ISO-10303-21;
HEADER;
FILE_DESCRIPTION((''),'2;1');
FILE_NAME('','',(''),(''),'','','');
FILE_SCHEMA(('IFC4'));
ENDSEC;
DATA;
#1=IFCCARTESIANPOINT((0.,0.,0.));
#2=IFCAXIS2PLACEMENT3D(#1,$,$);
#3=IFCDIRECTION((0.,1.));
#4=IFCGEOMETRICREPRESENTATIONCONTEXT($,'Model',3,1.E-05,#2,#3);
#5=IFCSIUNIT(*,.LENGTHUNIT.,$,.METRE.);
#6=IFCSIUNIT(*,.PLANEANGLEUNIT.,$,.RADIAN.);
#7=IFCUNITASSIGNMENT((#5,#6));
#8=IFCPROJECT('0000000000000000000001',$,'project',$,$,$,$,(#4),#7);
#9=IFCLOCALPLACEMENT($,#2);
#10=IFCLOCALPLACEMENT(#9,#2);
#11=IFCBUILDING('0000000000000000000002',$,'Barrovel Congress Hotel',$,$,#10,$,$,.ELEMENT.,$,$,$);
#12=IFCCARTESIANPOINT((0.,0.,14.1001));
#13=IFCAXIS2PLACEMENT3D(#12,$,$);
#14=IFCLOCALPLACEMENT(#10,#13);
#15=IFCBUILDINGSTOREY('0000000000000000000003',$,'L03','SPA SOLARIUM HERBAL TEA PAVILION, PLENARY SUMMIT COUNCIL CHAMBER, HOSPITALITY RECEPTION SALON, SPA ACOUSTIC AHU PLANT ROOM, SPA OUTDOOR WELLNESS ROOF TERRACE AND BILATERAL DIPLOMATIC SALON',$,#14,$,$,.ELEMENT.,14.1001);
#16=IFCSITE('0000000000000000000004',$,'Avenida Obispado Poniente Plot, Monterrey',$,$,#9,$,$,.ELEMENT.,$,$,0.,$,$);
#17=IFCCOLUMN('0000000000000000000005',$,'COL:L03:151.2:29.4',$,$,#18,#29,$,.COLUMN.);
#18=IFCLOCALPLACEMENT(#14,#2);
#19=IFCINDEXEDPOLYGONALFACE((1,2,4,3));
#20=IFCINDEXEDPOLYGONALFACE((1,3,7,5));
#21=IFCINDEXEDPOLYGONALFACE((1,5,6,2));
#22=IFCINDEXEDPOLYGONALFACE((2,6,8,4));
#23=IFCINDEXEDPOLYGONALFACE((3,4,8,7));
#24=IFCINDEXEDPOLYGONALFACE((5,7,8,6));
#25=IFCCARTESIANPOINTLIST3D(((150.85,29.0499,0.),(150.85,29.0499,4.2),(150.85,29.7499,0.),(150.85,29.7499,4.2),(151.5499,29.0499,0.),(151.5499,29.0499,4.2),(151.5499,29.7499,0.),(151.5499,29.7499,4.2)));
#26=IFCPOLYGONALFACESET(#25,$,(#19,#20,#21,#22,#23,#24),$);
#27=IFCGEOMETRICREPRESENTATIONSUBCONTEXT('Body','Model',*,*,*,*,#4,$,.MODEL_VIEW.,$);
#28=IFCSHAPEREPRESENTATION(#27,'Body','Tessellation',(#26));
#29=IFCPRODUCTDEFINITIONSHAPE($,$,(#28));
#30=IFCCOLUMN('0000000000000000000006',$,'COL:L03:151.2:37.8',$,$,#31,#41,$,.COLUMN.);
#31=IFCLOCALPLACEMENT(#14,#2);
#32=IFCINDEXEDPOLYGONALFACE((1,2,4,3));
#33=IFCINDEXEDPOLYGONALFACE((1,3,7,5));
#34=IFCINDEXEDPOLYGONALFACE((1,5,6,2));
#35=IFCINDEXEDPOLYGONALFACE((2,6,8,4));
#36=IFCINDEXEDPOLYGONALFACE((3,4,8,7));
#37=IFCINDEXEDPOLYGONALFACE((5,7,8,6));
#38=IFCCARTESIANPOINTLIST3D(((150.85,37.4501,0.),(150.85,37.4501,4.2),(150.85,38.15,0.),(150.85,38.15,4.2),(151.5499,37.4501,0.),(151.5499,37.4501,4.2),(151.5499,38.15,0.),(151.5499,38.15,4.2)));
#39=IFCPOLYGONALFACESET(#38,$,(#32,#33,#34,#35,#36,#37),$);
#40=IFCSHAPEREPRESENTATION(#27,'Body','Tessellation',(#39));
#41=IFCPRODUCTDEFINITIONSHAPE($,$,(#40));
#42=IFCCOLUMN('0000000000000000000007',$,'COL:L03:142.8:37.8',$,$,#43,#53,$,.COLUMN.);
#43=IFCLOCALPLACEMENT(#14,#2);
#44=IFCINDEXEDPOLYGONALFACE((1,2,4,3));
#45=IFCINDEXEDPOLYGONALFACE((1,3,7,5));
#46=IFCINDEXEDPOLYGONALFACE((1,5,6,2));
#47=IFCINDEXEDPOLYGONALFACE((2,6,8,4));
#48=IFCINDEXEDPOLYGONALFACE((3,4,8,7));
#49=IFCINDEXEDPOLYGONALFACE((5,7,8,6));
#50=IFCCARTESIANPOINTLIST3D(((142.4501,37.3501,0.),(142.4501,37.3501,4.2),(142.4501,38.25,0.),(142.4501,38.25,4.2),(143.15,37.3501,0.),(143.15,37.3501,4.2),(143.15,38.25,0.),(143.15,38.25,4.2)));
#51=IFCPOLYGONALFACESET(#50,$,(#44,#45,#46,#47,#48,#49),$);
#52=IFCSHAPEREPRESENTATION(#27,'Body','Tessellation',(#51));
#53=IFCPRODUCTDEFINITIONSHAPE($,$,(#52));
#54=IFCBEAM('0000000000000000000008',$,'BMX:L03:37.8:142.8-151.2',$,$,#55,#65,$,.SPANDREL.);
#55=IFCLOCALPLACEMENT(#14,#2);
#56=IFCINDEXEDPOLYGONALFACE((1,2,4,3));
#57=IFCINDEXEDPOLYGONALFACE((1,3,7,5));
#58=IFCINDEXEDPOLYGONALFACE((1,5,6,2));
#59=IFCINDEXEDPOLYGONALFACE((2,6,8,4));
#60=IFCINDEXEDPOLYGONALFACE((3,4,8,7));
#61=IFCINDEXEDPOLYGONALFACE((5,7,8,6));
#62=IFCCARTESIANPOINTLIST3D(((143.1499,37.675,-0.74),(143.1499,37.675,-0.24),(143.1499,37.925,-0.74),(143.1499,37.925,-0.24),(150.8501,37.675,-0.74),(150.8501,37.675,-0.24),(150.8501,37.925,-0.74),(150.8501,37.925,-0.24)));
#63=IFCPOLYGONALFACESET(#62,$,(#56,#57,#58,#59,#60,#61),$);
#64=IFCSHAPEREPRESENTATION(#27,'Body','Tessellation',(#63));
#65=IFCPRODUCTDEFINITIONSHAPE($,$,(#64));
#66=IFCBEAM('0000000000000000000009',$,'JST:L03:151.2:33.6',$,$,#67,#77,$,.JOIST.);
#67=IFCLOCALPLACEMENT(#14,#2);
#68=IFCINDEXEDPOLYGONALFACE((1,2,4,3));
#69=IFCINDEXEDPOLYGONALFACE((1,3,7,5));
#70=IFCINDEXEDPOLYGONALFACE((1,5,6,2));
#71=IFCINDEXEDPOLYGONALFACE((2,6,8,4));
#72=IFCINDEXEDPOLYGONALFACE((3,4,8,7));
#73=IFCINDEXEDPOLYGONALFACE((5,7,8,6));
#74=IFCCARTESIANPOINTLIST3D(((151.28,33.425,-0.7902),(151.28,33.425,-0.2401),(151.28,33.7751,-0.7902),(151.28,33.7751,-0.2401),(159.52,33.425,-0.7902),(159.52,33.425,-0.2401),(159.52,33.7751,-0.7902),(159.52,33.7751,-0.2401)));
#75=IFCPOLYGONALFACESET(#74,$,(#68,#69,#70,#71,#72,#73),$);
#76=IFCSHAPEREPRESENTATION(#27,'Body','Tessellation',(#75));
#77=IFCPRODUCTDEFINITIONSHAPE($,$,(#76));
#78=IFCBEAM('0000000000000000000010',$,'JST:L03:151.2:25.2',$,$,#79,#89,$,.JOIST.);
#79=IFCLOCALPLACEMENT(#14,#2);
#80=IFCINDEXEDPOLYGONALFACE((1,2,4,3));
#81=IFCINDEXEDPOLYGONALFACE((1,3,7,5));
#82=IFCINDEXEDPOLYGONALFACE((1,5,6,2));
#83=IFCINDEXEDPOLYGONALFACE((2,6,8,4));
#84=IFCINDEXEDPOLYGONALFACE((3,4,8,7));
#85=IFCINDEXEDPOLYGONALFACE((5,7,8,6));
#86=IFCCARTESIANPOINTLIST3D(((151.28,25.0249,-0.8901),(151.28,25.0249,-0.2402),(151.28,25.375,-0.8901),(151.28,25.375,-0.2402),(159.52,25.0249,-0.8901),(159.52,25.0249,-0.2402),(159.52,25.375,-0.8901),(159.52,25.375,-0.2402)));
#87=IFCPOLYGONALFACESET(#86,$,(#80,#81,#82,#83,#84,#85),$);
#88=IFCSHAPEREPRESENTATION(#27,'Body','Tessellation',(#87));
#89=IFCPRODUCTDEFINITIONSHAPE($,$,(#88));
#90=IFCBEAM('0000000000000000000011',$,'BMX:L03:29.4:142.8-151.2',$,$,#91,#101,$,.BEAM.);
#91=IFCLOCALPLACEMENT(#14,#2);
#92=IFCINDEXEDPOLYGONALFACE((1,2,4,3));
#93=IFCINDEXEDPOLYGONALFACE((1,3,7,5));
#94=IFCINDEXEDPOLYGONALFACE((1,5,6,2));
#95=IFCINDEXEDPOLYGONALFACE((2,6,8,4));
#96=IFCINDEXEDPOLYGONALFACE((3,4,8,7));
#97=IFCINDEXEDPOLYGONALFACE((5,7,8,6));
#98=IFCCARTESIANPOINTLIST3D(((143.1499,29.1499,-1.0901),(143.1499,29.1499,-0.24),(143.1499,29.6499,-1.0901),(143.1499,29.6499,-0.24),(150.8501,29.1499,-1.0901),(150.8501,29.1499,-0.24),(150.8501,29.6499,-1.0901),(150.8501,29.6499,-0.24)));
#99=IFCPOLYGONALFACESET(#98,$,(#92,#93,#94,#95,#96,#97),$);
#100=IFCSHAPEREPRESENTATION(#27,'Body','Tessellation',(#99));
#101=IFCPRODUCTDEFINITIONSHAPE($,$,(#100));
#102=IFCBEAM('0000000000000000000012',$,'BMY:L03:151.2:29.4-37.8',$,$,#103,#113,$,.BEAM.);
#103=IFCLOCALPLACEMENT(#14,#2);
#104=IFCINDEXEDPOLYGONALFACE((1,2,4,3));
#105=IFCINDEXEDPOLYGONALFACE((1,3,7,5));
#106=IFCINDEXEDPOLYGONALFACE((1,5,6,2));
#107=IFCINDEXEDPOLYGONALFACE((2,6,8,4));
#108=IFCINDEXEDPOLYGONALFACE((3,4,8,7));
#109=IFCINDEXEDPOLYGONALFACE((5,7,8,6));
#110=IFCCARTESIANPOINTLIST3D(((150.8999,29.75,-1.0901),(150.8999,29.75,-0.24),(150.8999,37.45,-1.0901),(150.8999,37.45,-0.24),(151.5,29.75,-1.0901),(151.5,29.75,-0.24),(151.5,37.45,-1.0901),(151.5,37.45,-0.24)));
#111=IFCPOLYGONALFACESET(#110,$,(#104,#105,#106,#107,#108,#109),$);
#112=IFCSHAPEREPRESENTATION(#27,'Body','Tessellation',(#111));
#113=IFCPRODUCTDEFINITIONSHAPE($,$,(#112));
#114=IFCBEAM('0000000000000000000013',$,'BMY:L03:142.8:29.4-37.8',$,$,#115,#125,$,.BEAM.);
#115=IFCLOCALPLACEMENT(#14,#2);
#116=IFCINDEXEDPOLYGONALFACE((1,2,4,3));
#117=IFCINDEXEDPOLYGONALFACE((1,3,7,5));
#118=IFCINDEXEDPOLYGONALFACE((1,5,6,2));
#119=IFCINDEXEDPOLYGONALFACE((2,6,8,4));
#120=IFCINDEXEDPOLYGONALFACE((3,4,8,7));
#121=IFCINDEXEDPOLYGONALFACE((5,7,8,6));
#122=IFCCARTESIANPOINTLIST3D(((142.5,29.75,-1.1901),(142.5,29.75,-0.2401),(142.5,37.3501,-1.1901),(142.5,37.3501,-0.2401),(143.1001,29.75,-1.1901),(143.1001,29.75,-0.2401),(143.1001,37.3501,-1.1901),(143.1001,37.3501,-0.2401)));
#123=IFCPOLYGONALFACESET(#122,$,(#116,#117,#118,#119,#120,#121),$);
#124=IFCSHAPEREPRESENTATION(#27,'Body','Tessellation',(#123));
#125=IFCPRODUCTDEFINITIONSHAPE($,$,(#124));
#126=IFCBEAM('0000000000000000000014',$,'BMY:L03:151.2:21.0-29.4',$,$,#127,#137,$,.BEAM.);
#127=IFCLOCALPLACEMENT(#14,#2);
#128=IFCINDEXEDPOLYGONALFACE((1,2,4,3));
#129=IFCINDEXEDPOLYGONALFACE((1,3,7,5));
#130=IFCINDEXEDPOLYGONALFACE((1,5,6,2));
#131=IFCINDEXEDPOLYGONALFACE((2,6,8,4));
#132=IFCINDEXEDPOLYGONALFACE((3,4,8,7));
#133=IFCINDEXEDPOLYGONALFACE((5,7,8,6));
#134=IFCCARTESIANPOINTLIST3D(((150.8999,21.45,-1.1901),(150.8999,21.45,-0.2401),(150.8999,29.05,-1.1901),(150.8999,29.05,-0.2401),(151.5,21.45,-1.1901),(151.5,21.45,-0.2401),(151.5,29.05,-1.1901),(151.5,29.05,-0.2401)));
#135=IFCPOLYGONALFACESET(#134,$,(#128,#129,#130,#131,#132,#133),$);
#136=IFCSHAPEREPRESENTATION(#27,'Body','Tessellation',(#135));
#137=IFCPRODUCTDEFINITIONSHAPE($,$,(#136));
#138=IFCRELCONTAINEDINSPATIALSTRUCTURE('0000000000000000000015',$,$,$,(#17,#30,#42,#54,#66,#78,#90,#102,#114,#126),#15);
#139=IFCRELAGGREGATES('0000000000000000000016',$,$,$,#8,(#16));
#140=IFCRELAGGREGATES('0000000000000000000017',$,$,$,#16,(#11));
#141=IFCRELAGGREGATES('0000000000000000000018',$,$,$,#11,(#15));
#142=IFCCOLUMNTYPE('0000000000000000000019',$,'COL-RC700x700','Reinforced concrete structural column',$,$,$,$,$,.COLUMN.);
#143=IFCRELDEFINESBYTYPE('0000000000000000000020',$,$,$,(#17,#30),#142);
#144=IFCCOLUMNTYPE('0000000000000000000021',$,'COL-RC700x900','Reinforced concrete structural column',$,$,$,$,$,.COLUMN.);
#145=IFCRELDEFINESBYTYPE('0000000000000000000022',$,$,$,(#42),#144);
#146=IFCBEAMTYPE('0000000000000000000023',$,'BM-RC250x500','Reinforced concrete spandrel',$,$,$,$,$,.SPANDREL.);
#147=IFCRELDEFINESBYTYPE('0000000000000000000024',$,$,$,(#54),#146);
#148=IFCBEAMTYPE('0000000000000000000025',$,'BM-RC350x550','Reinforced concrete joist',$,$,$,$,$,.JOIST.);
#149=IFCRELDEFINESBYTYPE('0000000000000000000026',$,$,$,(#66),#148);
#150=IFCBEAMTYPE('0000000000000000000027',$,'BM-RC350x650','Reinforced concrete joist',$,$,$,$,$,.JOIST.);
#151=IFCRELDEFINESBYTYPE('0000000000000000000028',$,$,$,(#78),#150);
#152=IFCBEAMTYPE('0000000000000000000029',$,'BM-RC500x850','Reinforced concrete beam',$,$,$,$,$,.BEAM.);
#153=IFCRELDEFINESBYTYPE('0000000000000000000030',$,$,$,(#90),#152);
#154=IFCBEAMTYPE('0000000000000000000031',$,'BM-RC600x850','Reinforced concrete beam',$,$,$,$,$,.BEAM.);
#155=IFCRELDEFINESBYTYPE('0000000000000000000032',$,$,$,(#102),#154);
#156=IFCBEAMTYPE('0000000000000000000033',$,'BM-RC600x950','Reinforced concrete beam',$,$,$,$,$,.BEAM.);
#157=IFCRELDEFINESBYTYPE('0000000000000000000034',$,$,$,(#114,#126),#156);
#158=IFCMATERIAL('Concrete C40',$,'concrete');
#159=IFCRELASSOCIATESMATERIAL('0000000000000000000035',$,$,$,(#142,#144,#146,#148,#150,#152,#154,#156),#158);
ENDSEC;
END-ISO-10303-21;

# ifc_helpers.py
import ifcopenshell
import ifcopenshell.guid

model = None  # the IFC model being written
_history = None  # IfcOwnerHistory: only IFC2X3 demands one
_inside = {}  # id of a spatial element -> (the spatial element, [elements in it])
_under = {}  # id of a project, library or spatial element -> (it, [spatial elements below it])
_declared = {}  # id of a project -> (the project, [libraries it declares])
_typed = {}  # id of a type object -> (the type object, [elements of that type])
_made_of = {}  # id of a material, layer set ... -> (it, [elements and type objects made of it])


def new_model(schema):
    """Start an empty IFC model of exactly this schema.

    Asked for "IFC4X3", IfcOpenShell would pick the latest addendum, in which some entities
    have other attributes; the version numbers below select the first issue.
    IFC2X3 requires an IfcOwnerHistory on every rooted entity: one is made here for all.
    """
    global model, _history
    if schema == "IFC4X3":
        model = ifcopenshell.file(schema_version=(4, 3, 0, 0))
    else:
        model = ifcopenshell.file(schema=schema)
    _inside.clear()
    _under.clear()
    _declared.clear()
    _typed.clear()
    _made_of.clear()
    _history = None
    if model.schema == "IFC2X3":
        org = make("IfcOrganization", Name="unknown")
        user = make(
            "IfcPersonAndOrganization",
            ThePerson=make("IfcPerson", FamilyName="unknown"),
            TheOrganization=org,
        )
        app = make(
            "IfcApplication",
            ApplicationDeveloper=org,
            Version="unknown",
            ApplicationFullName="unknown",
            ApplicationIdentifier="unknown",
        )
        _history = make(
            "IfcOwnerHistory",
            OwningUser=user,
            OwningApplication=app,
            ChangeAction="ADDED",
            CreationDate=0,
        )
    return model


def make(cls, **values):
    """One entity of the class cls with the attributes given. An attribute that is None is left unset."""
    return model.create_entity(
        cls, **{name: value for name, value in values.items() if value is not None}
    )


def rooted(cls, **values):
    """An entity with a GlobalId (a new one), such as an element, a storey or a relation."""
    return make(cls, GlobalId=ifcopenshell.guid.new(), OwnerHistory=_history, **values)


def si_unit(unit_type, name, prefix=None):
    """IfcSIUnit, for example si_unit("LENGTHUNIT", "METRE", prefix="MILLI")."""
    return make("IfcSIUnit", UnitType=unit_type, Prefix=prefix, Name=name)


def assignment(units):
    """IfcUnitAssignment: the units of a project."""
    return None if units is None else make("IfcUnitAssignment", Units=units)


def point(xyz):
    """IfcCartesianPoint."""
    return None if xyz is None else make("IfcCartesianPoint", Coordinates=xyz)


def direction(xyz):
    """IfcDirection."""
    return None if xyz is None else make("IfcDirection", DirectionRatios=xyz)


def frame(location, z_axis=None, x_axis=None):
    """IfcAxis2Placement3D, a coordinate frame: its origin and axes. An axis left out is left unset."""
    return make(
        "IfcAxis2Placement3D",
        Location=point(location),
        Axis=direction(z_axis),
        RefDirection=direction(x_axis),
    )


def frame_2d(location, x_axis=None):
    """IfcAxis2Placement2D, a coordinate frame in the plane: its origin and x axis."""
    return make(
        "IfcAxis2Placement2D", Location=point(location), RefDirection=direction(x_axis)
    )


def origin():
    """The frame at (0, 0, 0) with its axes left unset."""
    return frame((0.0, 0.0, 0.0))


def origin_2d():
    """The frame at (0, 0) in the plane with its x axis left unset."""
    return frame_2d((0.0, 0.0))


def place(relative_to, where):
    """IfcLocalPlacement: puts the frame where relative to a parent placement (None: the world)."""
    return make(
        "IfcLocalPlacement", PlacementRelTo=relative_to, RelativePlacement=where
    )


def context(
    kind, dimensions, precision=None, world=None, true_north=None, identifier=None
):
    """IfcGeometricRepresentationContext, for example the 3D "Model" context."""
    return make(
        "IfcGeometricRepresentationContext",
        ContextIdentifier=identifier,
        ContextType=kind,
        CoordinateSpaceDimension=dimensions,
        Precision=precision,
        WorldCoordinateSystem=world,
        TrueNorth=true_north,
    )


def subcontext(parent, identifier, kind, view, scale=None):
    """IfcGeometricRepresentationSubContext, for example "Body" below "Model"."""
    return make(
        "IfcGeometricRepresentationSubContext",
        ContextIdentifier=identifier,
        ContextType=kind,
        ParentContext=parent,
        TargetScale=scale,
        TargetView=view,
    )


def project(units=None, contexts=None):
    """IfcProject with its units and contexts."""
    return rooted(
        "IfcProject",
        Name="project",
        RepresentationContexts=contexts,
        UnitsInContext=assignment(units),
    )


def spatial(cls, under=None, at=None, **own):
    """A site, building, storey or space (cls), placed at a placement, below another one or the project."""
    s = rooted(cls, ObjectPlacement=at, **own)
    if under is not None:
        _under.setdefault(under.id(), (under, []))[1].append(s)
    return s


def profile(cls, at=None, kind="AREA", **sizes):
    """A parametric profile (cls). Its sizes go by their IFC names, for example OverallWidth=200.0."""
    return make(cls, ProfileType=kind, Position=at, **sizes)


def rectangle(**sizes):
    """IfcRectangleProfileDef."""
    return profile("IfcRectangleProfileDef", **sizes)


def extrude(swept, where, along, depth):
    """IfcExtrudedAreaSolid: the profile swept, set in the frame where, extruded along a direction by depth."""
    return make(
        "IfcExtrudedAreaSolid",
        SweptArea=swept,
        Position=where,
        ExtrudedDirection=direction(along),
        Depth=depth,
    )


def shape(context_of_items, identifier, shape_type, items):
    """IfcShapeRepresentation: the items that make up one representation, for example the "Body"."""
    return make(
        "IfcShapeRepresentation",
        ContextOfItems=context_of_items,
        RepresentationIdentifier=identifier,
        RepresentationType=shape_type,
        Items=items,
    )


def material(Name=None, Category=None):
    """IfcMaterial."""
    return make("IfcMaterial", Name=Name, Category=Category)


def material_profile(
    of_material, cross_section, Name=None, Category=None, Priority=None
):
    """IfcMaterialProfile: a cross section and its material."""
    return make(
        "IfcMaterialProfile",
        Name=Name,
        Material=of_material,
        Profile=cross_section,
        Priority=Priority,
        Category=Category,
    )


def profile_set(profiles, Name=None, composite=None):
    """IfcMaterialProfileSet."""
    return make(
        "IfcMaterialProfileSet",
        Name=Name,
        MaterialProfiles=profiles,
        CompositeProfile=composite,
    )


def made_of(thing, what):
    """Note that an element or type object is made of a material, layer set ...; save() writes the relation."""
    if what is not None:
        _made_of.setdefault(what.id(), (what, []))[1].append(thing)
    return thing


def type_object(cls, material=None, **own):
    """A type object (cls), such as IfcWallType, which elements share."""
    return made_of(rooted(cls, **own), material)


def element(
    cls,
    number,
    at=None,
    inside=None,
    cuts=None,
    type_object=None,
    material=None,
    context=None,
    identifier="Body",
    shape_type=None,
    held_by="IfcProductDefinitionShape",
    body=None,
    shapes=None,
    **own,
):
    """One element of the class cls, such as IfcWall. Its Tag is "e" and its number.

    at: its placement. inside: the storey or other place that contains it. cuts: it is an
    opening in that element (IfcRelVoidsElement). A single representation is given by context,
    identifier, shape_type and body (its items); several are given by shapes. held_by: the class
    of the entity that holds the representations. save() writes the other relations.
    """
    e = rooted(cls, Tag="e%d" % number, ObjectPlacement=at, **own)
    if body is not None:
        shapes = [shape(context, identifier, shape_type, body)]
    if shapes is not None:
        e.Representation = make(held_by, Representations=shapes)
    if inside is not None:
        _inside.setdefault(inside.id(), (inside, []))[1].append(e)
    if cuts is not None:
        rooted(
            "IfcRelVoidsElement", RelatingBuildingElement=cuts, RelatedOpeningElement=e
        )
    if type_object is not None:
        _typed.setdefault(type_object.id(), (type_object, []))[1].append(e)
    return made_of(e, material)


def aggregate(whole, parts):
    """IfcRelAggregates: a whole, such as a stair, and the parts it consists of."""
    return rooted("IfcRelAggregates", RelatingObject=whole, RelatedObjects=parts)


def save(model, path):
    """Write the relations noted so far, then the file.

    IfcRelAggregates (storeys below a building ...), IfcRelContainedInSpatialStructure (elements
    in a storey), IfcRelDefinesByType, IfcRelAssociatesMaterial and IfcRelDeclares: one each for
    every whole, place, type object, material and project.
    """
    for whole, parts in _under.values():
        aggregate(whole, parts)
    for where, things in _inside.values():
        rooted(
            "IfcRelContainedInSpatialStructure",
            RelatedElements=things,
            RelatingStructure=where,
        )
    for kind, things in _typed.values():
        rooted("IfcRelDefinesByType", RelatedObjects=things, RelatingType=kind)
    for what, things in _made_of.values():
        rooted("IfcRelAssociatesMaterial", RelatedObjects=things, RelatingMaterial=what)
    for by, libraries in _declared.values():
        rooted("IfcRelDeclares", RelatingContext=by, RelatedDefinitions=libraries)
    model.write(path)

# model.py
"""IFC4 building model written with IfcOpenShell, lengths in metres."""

from ifc_helpers import new_model, si_unit, direction, frame, origin, origin_2d, place, context, subcontext, project, spatial, rectangle, extrude, material, material_profile, profile_set, type_object, element, save


model = new_model("IFC4")

# Units and contexts
model_context = context("Model", 3, precision=1e-05, world=origin(), true_north=direction((0.0, 1.0)))
body_context = subcontext(model_context, "Body", "Model", "MODEL_VIEW")
ifc_project = project(units=[si_unit("LENGTHUNIT", "METRE"), si_unit("PLANEANGLEUNIT", "RADIAN")], contexts=[model_context])

# Site, building, storey
site_placement = place(None, origin())
site = spatial("IfcSite", under=ifc_project, at=site_placement, Name="Avenida Obispado Poniente Plot, Monterrey", CompositionType="ELEMENT", RefElevation=0.0)
building_placement = place(site_placement, origin())
building = spatial("IfcBuilding", under=site, at=building_placement, Name="Barrovel Congress Hotel", CompositionType="ELEMENT")
storey_placement = place(building_placement, frame((0.0, 0.0, 14.1001)))
storey = spatial("IfcBuildingStorey", under=building, at=storey_placement, Name="L03", Description="SPA SOLARIUM HERBAL TEA PAVILION, PLENARY SUMMIT COUNCIL CHAMBER, HOSPITALITY RECEPTION SALON, SPA ACOUSTIC AHU PLANT ROOM, SPA OUTDOOR WELLNESS ROOF TERRACE AND BILATERAL DIPLOMATIC SALON", CompositionType="ELEMENT", Elevation=14.1001)

# Columns
ifc_material_1 = material(Name="Concrete C40", Category="concrete")
ifc_material_profile_1 = material_profile(ifc_material_1, rectangle(XDim=0.7, YDim=0.7, at=origin_2d()), Name="RC700x700")
ifc_profile_set_1 = profile_set([ifc_material_profile_1], Name="Concrete C40")
column_type_1 = type_object("IfcColumnType", Name="COL-RC700x700", Description="Reinforced concrete structural column", PredefinedType="COLUMN", material=ifc_profile_set_1)
for number, where, z_axis, x_axis, name in (
    (1, (151.2, 29.3999, 0.0), (0.0, 0.0, 1.0), (1.0, 0.0, 0.0), "COL:L03:151.2:29.4"),
    (2, (151.2, 37.8, 0.0), (0.0, 0.0, 1.0), (1.0, 0.0, 0.0), "COL:L03:151.2:37.8"),
):
    element("IfcColumn", number, at=place(storey_placement, frame(where, z_axis=z_axis, x_axis=x_axis)), inside=storey, type_object=column_type_1, Name=name, PredefinedType="COLUMN", context=body_context, shape_type="SweptSolid", body=[
        extrude(rectangle(XDim=0.7, YDim=0.7, at=origin_2d()), origin(), (0.0, 0.0, 1.0), 4.2),
    ])
ifc_material_profile_2 = material_profile(ifc_material_1, rectangle(XDim=0.7, YDim=0.8999, at=origin_2d()), Name="RC700x900")
ifc_profile_set_2 = profile_set([ifc_material_profile_2], Name="Concrete C40")
column_type_2 = type_object("IfcColumnType", Name="COL-RC700x900", Description="Reinforced concrete structural column", PredefinedType="COLUMN", material=ifc_profile_set_2)
column_placement = place(storey_placement, frame((142.8, 37.8, 0.0), z_axis=(0.0, 0.0, 1.0), x_axis=(1.0, 0.0, 0.0)))
element("IfcColumn", 3, at=column_placement, inside=storey, type_object=column_type_2, Name="COL:L03:142.8:37.8", PredefinedType="COLUMN", context=body_context, shape_type="SweptSolid", body=[
    extrude(rectangle(XDim=0.7, YDim=0.8999, at=origin_2d()), origin(), (0.0, 0.0, 1.0), 4.2),
])

# Beams
ifc_material_profile_3 = material_profile(ifc_material_1, rectangle(XDim=0.25, YDim=0.5, at=origin_2d()), Name="RC250x500")
ifc_profile_set_3 = profile_set([ifc_material_profile_3], Name="Concrete C40")
beam_type_1 = type_object("IfcBeamType", Name="BM-RC250x500", Description="Reinforced concrete spandrel", PredefinedType="SPANDREL", material=ifc_profile_set_3)
beam_1_placement = place(storey_placement, frame((143.1499, 37.8, -0.49), z_axis=(1.0, 0.0, 0.0), x_axis=(0.0, 1.0, 0.0)))
element("IfcBeam", 4, at=beam_1_placement, inside=storey, type_object=beam_type_1, Name="BMX:L03:37.8:142.8-151.2", PredefinedType="SPANDREL", context=body_context, shape_type="SweptSolid", body=[
    extrude(rectangle(XDim=0.25, YDim=0.5, at=origin_2d()), origin(), (0.0, 0.0, 1.0), 7.7002),
])
ifc_material_profile_4 = material_profile(ifc_material_1, rectangle(XDim=0.3501, YDim=0.55, at=origin_2d()), Name="RC350x550")
ifc_profile_set_4 = profile_set([ifc_material_profile_4], Name="Concrete C40")
beam_type_2 = type_object("IfcBeamType", Name="BM-RC350x550", Description="Reinforced concrete joist", PredefinedType="JOIST", material=ifc_profile_set_4)
beam_2_placement = place(storey_placement, frame((151.28, 33.6001, -0.5151), z_axis=(1.0, 0.0, 0.0), x_axis=(0.0, 1.0, 0.0)))
element("IfcBeam", 5, at=beam_2_placement, inside=storey, type_object=beam_type_2, Name="JST:L03:151.2:33.6", PredefinedType="JOIST", context=body_context, shape_type="SweptSolid", body=[
    extrude(rectangle(XDim=0.3501, YDim=0.55, at=origin_2d()), origin(), (0.0, 0.0, 1.0), 8.24),
])
ifc_material_profile_5 = material_profile(ifc_material_1, rectangle(XDim=0.3501, YDim=0.6499, at=origin_2d()), Name="RC350x650")
ifc_profile_set_5 = profile_set([ifc_material_profile_5], Name="Concrete C40")
beam_type_3 = type_object("IfcBeamType", Name="BM-RC350x650", Description="Reinforced concrete joist", PredefinedType="JOIST", material=ifc_profile_set_5)
beam_3_placement = place(storey_placement, frame((151.28, 25.2, -0.5652), z_axis=(1.0, 0.0, 0.0), x_axis=(0.0, 1.0, 0.0)))
element("IfcBeam", 6, at=beam_3_placement, inside=storey, type_object=beam_type_3, Name="JST:L03:151.2:25.2", PredefinedType="JOIST", context=body_context, shape_type="SweptSolid", body=[
    extrude(rectangle(XDim=0.3501, YDim=0.6499, at=origin_2d()), origin(), (0.0, 0.0, 1.0), 8.24),
])
ifc_material_profile_6 = material_profile(ifc_material_1, rectangle(XDim=0.5, YDim=0.8501, at=origin_2d()), Name="RC500x850")
ifc_profile_set_6 = profile_set([ifc_material_profile_6], Name="Concrete C40")
beam_type_4 = type_object("IfcBeamType", Name="BM-RC500x850", Description="Reinforced concrete beam", PredefinedType="BEAM", material=ifc_profile_set_6)
beam_4_placement = place(storey_placement, frame((143.1499, 29.3999, -0.665), z_axis=(1.0, 0.0, 0.0), x_axis=(0.0, 1.0, 0.0)))
element("IfcBeam", 7, at=beam_4_placement, inside=storey, type_object=beam_type_4, Name="BMX:L03:29.4:142.8-151.2", PredefinedType="BEAM", context=body_context, shape_type="SweptSolid", body=[
    extrude(rectangle(XDim=0.5, YDim=0.8501, at=origin_2d()), origin(), (0.0, 0.0, 1.0), 7.7002),
])
ifc_material_profile_7 = material_profile(ifc_material_1, rectangle(XDim=0.6001, YDim=0.8501, at=origin_2d()), Name="RC600x850")
ifc_profile_set_7 = profile_set([ifc_material_profile_7], Name="Concrete C40")
beam_type_5 = type_object("IfcBeamType", Name="BM-RC600x850", Description="Reinforced concrete beam", PredefinedType="BEAM", material=ifc_profile_set_7)
beam_5_placement = place(storey_placement, frame((151.2, 29.75, -0.665), z_axis=(0.0, 1.0, 0.0), x_axis=(-1.0, 0.0, 0.0)))
element("IfcBeam", 8, at=beam_5_placement, inside=storey, type_object=beam_type_5, Name="BMY:L03:151.2:29.4-37.8", PredefinedType="BEAM", context=body_context, shape_type="SweptSolid", body=[
    extrude(rectangle(XDim=0.6001, YDim=0.8501, at=origin_2d()), origin(), (0.0, 0.0, 1.0), 7.7),
])
ifc_material_profile_8 = material_profile(ifc_material_1, rectangle(XDim=0.6001, YDim=0.95, at=origin_2d()), Name="RC600x950")
ifc_profile_set_8 = profile_set([ifc_material_profile_8], Name="Concrete C40")
beam_type_6 = type_object("IfcBeamType", Name="BM-RC600x950", Description="Reinforced concrete beam", PredefinedType="BEAM", material=ifc_profile_set_8)
for number, where, z_axis, x_axis, name in (
    (9, (142.8, 29.75, -0.7151), (0.0, 1.0, 0.0), (-1.0, 0.0, 0.0), "BMY:L03:142.8:29.4-37.8"),
    (10, (151.2, 21.45, -0.7151), (0.0, 1.0, 0.0), (-1.0, 0.0, 0.0), "BMY:L03:151.2:21.0-29.4"),
):
    element("IfcBeam", number, at=place(storey_placement, frame(where, z_axis=z_axis, x_axis=x_axis)), inside=storey, type_object=beam_type_6, Name=name, PredefinedType="BEAM", context=body_context, shape_type="SweptSolid", body=[
        extrude(rectangle(XDim=0.6001, YDim=0.95, at=origin_2d()), origin(), (0.0, 0.0, 1.0), 7.6001),
    ])

save(model, "model.ifc")
